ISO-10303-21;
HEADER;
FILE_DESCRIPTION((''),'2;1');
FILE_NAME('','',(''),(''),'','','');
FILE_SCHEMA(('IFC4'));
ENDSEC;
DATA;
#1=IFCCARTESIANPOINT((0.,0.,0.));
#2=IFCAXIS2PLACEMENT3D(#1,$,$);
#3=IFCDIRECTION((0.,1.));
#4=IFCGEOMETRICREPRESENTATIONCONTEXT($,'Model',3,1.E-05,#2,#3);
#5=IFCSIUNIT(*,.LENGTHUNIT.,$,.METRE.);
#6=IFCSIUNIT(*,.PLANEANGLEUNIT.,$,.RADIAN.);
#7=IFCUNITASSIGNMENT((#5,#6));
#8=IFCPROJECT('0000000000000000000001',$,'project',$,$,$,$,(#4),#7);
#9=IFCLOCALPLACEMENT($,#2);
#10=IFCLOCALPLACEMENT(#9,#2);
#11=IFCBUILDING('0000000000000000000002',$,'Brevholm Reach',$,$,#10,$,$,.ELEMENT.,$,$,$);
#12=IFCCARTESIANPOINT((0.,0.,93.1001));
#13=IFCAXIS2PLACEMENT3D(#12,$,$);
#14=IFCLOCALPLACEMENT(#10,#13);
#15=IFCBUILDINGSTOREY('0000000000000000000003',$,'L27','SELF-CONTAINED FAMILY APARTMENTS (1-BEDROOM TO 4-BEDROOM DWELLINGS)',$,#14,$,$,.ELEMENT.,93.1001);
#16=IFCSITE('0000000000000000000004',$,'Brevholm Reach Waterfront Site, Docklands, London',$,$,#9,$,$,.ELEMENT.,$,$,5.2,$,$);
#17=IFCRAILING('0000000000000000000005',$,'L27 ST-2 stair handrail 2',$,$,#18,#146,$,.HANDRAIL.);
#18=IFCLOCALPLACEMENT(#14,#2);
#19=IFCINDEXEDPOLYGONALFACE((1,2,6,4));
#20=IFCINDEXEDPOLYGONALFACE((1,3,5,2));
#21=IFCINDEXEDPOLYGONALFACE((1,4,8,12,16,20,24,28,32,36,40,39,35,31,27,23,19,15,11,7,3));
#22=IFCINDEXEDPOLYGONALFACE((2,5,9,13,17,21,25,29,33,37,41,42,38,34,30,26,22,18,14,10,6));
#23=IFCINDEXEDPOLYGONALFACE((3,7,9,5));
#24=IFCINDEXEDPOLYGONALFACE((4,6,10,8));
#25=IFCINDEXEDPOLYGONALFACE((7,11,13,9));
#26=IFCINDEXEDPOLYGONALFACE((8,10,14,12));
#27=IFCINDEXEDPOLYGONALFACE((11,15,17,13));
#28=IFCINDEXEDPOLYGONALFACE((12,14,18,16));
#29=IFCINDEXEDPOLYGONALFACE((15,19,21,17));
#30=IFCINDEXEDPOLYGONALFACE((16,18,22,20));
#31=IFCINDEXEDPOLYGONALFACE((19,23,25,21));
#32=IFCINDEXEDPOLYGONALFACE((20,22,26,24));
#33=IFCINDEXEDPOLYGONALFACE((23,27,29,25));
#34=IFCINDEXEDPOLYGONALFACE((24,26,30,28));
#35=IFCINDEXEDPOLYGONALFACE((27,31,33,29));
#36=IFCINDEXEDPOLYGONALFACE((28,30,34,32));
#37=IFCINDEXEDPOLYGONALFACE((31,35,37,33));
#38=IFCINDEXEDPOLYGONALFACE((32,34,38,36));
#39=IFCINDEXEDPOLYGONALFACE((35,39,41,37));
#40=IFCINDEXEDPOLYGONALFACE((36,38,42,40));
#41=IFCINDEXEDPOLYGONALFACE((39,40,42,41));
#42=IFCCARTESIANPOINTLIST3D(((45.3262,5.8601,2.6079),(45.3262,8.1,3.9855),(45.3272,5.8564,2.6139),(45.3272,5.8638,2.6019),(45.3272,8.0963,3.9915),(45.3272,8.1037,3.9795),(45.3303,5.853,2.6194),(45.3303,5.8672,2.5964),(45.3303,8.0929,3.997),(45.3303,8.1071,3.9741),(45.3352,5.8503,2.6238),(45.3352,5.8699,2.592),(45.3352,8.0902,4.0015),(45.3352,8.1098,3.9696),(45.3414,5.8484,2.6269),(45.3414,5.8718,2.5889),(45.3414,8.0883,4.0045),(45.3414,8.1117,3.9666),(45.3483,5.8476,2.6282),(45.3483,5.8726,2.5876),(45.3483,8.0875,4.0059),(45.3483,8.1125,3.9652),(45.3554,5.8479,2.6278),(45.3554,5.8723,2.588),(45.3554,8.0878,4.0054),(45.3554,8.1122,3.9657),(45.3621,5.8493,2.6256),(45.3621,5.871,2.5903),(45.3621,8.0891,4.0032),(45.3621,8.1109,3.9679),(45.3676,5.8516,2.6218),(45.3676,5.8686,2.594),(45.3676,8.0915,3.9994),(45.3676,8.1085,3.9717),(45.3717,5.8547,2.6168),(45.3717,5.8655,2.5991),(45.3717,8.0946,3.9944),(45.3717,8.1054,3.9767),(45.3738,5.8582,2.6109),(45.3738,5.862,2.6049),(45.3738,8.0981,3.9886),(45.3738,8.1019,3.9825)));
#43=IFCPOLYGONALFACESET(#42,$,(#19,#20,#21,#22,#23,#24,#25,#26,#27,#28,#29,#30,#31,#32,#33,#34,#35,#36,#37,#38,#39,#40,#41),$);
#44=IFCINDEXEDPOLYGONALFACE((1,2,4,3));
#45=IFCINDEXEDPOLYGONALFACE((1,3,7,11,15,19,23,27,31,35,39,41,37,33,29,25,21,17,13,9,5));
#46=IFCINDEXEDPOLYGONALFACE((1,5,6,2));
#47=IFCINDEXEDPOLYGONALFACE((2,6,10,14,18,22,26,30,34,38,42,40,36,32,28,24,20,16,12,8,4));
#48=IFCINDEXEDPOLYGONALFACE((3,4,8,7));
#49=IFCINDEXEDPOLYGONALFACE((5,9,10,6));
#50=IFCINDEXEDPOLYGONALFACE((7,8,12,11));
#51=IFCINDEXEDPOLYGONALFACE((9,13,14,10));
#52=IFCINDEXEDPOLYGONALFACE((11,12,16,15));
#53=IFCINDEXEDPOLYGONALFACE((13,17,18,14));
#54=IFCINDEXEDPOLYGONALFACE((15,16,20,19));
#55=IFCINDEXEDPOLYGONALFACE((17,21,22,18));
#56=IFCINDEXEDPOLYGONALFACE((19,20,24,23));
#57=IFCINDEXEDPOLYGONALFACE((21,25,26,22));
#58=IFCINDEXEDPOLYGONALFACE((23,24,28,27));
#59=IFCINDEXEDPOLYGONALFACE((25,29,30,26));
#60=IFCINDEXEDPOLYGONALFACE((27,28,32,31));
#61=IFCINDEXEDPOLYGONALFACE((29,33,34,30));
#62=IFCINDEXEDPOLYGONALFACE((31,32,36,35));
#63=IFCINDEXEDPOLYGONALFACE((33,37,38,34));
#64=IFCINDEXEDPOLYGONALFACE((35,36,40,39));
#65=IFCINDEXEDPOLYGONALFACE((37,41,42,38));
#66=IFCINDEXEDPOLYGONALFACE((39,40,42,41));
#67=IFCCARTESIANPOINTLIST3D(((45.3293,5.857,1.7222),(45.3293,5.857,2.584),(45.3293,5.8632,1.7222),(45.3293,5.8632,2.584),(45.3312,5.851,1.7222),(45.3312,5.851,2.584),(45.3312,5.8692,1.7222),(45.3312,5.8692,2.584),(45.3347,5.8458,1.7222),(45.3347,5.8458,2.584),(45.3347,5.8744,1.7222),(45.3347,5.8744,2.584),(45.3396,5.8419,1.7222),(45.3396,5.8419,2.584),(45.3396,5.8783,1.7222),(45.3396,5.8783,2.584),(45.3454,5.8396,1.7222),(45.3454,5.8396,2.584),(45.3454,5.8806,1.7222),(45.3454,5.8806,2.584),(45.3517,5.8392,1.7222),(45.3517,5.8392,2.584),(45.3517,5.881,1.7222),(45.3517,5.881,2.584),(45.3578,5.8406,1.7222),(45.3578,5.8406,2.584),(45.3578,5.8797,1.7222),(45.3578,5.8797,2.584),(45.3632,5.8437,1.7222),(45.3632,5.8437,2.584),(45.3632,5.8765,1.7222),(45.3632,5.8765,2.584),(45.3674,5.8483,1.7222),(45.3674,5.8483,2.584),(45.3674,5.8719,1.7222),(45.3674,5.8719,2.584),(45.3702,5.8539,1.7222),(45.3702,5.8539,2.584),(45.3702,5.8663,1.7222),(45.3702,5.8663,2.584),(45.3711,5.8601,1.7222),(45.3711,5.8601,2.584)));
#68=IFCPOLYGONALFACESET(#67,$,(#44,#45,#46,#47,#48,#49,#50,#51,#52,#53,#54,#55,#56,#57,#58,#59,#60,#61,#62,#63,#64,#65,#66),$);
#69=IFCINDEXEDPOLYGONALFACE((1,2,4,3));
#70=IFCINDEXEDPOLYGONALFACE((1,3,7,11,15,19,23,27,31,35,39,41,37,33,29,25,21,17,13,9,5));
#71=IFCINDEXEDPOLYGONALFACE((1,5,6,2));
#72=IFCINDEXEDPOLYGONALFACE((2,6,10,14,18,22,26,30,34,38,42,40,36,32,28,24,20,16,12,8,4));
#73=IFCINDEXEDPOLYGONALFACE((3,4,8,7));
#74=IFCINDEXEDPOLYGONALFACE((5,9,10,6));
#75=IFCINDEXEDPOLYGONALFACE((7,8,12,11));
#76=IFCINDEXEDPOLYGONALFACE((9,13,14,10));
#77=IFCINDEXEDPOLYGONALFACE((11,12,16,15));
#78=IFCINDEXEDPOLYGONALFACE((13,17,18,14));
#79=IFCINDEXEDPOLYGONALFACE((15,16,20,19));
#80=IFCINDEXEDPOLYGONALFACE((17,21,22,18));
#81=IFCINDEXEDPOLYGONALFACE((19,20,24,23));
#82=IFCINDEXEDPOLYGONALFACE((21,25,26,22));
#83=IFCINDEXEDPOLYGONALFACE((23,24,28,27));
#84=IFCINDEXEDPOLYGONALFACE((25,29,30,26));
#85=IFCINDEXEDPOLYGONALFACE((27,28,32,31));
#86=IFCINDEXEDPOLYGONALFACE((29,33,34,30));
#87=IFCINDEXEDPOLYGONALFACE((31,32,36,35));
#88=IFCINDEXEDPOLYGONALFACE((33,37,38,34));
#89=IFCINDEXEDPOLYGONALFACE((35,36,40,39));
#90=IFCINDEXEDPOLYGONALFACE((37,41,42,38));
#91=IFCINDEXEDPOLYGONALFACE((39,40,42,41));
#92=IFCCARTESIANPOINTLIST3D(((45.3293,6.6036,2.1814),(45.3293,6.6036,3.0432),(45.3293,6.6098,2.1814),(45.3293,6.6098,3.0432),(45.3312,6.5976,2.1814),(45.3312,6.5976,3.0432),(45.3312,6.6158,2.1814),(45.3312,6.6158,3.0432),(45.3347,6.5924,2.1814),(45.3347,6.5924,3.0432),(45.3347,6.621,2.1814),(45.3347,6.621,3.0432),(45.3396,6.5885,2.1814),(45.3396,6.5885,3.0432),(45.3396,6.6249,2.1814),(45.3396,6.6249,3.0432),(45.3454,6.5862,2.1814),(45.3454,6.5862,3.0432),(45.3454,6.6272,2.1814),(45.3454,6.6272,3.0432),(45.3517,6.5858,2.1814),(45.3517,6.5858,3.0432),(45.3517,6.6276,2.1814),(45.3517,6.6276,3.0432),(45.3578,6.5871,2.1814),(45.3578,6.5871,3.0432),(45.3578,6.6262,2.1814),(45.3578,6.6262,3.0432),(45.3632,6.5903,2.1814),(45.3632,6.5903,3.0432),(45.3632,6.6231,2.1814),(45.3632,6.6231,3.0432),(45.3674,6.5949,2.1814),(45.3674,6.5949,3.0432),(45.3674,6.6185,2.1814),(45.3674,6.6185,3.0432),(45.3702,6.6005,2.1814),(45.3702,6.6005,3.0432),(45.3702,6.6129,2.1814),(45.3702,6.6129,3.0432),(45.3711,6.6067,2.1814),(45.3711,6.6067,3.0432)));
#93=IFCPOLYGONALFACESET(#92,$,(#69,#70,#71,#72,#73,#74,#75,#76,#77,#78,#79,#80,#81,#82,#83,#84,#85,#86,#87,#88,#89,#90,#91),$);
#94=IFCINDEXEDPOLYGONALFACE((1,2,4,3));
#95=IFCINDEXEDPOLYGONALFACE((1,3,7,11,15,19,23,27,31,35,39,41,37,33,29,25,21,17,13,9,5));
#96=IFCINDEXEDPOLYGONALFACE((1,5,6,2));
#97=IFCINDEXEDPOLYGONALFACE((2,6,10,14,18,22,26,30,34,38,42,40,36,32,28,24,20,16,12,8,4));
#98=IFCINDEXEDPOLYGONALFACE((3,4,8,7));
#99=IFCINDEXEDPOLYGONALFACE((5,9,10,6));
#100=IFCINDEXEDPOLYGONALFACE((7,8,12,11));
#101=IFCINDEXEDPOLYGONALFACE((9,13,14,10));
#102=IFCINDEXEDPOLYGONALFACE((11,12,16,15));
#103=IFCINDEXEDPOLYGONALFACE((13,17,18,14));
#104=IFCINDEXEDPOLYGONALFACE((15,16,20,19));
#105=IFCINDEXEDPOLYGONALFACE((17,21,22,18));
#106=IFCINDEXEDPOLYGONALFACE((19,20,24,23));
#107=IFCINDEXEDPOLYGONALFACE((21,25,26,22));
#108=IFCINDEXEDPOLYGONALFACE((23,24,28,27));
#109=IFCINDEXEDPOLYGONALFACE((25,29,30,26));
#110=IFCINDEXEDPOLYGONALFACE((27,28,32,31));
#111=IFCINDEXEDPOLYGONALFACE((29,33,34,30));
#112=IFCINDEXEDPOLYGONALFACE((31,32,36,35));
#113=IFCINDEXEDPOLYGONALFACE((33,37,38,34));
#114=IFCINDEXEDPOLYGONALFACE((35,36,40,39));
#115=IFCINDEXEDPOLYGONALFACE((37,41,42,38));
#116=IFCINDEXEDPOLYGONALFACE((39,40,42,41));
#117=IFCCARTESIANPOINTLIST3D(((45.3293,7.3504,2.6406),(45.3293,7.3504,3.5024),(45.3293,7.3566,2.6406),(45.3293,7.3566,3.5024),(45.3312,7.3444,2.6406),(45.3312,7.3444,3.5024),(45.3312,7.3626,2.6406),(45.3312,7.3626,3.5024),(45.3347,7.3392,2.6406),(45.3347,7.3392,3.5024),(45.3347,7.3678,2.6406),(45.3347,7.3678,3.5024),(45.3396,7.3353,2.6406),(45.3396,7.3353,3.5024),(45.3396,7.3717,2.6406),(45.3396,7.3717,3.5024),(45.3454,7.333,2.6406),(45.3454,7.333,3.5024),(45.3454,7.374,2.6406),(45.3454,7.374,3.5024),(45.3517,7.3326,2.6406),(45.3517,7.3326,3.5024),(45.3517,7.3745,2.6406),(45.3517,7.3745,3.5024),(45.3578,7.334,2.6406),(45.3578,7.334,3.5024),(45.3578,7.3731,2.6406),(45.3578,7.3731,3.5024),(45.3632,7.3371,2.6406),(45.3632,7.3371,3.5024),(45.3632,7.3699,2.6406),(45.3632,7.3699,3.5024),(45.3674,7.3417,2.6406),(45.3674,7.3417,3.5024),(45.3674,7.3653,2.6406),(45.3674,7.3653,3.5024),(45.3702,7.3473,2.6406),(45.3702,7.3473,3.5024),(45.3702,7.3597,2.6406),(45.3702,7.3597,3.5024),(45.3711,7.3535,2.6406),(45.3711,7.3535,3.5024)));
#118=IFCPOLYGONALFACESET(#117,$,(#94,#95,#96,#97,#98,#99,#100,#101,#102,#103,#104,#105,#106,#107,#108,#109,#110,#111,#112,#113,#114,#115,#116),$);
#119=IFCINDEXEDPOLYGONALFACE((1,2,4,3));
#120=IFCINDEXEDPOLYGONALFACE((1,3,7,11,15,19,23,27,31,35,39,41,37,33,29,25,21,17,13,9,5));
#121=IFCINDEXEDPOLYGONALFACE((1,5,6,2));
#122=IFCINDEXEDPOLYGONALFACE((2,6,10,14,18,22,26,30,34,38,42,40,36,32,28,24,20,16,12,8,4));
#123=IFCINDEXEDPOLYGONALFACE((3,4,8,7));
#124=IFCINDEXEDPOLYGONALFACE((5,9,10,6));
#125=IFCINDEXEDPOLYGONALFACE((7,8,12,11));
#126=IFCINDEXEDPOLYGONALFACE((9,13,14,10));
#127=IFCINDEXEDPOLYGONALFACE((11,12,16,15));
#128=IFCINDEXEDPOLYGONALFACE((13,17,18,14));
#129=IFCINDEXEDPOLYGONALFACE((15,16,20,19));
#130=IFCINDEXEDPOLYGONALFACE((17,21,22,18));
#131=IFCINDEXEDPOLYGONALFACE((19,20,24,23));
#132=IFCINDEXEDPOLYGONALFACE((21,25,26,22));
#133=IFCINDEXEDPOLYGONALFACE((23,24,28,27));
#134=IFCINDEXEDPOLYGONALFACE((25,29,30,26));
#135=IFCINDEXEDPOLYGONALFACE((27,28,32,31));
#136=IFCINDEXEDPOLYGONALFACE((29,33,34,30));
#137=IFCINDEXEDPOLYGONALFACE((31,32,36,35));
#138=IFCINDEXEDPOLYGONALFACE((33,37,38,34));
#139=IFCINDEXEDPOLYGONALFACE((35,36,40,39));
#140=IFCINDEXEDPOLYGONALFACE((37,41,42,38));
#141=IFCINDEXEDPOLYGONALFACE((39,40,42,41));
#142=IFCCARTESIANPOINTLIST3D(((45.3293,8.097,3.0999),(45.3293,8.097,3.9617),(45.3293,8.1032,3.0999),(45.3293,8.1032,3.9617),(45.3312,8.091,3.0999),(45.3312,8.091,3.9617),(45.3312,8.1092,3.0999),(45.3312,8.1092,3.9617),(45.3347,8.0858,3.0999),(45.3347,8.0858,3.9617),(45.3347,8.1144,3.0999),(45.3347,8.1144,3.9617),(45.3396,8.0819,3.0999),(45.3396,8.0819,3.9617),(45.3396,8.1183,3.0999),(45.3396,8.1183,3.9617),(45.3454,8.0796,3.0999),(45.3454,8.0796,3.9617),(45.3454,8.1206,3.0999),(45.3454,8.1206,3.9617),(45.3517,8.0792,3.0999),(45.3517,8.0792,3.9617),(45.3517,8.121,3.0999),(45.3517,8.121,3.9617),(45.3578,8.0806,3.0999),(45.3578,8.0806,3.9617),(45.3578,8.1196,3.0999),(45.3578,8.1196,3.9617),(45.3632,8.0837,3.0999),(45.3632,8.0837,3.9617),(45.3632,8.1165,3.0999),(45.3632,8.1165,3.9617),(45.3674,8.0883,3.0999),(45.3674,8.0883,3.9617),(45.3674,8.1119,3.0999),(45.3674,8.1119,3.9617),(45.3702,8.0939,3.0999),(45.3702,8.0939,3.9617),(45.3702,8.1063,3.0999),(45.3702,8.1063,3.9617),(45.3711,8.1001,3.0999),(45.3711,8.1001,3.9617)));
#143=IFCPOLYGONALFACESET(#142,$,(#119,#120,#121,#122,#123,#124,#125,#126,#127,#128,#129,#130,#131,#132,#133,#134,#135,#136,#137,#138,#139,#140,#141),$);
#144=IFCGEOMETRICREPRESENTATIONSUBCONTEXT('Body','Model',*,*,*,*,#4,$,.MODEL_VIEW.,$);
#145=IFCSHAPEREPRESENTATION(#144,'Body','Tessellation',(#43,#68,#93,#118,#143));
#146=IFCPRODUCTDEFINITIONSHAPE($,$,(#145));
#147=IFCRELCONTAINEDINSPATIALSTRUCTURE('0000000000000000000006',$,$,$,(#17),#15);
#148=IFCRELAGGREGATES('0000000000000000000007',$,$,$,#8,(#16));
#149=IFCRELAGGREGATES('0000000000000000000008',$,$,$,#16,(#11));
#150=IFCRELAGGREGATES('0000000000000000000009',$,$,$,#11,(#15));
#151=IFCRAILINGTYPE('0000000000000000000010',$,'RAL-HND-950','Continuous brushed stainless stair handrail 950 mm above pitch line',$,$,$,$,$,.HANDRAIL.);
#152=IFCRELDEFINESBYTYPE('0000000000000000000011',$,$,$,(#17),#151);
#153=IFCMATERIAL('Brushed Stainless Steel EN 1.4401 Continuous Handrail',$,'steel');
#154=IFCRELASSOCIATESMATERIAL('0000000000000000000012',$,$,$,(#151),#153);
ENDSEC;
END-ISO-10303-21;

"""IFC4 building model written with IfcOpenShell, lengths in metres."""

from ifc_helpers import new_model, si_unit, direction, frame, origin, origin_2d, place, context, subcontext, project, spatial, circle, extrude, material, type_object, element, save


model = new_model("IFC4")

# Units and contexts
model_context = context("Model", 3, precision=1e-05, world=origin(), true_north=direction((0.0, 1.0)))
body_context = subcontext(model_context, "Body", "Model", "MODEL_VIEW")
ifc_project = project(units=[si_unit("LENGTHUNIT", "METRE"), si_unit("PLANEANGLEUNIT", "RADIAN")], contexts=[model_context])

# Site, building, storey
site_placement = place(None, origin())
site = spatial("IfcSite", under=ifc_project, at=site_placement, Name="Brevholm Reach Waterfront Site, Docklands, London", CompositionType="ELEMENT", RefElevation=5.2)
building_placement = place(site_placement, origin())
building = spatial("IfcBuilding", under=site, at=building_placement, Name="Brevholm Reach", CompositionType="ELEMENT")
storey_placement = place(building_placement, frame((0.0, 0.0, 93.1001)))
storey = spatial("IfcBuildingStorey", under=building, at=storey_placement, Name="L27", Description="SELF-CONTAINED FAMILY APARTMENTS (1-BEDROOM TO 4-BEDROOM DWELLINGS)", CompositionType="ELEMENT", Elevation=93.1001)

# Railing
ifc_material_1 = material(Name="Brushed Stainless Steel EN 1.4401 Continuous Handrail", Category="steel")
railing_type_1 = type_object("IfcRailingType", Name="RAL-HND-950", Description="Continuous brushed stainless stair handrail 950 mm above pitch line", PredefinedType="HANDRAIL", material=ifc_material_1)
railing_1_placement = place(storey_placement, frame((45.3501, 5.8601, 1.7222)))
element("IfcRailing", 1, at=railing_1_placement, inside=storey, type_object=railing_type_1, Name="L27 ST-2 stair handrail 2", PredefinedType="HANDRAIL", context=body_context, shape_type="SweptSolid", body=[
    extrude(circle(Radius=0.0239, at=origin_2d()), frame((0.0, 0.0, 0.8857), z_axis=(0.0, 0.851789, 0.523885), x_axis=(-1.0, 0.0, 0.0)), (0.0, 0.0, 1.0), 2.6296),
    extrude(circle(Radius=0.021, at=origin_2d()), origin(), (0.0, 0.0, 1.0), 0.8618),
    extrude(circle(Radius=0.021, at=origin_2d()), frame((0.0, 0.7466, 0.4592)), (0.0, 0.0, 1.0), 0.8618),
    extrude(circle(Radius=0.021, at=origin_2d()), frame((0.0, 1.4934, 0.9185)), (0.0, 0.0, 1.0), 0.8618),
    extrude(circle(Radius=0.021, at=origin_2d()), frame((0.0, 2.24, 1.3777)), (0.0, 0.0, 1.0), 0.8618),
])

save(model, "model.ifc")
